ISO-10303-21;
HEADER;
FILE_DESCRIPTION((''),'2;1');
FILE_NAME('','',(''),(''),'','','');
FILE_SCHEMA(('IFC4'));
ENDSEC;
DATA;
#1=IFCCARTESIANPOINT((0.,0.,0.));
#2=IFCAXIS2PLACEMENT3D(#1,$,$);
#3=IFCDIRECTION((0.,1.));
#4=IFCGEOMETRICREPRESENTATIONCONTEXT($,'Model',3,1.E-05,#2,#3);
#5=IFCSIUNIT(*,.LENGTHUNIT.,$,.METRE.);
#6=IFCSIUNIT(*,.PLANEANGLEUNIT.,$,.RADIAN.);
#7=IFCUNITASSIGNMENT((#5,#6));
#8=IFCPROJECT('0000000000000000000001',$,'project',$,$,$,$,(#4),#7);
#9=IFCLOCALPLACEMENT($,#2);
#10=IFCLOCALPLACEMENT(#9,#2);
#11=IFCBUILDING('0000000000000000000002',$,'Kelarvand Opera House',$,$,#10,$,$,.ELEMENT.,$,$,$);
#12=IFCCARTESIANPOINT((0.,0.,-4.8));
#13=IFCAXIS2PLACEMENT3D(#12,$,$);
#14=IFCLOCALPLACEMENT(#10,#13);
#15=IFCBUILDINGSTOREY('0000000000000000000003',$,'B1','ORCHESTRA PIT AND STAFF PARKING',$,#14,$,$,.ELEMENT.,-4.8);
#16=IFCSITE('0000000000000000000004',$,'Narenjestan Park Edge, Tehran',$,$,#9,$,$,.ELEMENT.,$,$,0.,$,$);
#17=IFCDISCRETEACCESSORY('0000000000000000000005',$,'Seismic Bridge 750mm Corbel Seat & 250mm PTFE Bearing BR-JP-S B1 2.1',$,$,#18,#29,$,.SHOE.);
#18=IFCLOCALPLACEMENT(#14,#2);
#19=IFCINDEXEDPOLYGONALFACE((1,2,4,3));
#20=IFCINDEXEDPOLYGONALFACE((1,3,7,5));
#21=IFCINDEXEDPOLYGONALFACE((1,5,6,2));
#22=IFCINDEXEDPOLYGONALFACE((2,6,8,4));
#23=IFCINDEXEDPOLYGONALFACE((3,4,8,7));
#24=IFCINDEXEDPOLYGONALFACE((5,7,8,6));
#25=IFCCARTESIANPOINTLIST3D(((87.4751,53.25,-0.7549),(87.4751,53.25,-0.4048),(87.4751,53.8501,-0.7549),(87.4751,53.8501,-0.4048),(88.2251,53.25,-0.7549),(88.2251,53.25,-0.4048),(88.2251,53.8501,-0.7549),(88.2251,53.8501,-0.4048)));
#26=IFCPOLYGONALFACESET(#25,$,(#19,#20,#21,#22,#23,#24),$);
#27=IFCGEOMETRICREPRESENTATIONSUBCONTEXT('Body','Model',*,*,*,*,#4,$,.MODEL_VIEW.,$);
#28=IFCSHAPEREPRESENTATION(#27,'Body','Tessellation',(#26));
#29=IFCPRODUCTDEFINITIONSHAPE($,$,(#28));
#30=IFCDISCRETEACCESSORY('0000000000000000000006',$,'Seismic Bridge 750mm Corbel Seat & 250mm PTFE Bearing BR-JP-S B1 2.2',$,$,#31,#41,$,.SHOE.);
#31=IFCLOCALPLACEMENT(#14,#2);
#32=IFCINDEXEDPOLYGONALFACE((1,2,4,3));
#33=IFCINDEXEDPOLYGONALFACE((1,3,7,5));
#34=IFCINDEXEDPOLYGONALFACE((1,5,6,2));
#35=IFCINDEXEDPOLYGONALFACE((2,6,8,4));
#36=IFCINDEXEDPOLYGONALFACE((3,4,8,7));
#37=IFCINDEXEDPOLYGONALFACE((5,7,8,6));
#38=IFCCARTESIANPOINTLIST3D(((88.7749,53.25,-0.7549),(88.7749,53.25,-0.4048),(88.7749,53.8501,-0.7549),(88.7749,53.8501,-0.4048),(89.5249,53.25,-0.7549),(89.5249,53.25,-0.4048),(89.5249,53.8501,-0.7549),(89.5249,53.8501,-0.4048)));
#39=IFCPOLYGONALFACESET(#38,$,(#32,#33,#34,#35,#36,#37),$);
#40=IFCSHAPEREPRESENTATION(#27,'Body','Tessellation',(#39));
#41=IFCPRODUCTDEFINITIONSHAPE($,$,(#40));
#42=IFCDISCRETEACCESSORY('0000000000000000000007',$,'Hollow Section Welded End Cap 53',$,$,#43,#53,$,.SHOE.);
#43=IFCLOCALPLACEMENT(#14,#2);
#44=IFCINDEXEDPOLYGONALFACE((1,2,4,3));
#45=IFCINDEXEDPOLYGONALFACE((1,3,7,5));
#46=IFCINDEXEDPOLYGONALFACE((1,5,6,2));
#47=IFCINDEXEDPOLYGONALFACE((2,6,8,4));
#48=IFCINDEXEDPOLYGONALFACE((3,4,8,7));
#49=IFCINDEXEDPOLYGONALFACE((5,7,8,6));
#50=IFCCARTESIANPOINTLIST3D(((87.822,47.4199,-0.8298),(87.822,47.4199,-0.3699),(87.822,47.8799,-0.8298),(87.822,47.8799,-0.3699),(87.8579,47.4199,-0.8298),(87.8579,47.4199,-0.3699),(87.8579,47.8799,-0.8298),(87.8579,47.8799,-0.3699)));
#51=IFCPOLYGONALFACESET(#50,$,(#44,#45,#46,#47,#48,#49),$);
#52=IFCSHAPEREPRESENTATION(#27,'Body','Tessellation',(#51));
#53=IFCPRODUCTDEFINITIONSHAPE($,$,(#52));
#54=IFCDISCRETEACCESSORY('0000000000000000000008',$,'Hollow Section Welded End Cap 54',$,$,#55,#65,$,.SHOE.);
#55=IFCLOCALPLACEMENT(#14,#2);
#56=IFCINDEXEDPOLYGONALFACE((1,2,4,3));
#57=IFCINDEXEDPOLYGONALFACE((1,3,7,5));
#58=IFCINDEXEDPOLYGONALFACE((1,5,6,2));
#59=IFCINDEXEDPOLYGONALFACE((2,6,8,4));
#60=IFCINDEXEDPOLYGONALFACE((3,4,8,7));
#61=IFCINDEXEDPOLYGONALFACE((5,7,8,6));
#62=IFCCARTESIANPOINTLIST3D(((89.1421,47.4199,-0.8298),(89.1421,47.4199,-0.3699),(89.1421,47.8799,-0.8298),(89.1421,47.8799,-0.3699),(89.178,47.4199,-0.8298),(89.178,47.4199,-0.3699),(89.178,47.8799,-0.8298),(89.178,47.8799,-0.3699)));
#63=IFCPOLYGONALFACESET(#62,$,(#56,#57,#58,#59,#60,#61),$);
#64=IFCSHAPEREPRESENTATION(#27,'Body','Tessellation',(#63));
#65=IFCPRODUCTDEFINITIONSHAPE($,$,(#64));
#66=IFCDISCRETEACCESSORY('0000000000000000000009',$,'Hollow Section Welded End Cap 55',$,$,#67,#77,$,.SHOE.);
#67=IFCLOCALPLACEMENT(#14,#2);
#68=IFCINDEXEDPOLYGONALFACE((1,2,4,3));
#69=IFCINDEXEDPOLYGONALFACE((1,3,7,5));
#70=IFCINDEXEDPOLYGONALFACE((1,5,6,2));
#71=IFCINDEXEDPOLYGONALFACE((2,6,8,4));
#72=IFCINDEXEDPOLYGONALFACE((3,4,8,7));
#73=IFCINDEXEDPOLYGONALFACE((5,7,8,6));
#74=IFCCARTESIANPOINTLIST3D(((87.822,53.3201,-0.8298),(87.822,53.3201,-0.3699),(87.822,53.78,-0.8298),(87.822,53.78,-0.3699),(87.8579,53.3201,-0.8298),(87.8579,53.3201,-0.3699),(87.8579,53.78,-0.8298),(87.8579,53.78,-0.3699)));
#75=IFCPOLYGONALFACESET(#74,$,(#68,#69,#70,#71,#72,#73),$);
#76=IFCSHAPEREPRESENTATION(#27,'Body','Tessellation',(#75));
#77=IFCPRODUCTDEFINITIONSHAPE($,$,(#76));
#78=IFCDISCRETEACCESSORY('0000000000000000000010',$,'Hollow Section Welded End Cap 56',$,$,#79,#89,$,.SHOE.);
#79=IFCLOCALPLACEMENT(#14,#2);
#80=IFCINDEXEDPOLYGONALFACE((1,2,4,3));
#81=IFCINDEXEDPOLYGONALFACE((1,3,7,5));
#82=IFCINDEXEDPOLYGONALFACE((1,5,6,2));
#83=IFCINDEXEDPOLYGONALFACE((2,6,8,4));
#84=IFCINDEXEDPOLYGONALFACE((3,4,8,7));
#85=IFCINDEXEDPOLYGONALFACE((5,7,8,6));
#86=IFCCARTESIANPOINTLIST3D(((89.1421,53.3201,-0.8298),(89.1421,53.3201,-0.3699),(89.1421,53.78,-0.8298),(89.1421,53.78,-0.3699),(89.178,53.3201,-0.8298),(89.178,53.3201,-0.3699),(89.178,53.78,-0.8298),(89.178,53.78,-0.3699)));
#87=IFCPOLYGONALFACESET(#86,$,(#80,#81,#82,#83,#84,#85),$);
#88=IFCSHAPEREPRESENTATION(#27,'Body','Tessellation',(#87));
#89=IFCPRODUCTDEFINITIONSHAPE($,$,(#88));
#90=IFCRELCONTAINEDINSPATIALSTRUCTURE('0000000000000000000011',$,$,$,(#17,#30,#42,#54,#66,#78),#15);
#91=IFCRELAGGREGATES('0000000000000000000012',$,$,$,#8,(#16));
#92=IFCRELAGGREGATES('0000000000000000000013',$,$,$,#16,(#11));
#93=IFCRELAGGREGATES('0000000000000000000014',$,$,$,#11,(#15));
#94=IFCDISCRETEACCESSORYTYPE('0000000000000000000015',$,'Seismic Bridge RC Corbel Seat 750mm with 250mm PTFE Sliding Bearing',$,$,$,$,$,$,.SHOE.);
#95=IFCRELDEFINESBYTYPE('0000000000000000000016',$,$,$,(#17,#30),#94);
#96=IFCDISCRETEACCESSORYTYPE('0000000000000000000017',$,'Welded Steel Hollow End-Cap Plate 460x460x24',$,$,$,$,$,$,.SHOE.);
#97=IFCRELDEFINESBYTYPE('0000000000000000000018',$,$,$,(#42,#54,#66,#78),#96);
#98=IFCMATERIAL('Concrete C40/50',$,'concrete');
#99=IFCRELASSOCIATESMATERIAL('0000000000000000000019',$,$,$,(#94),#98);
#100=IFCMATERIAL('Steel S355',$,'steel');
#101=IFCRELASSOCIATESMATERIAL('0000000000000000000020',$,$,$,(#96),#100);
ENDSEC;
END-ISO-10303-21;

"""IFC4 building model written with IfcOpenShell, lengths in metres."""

from ifc_helpers import new_model, si_unit, direction, frame, origin, origin_2d, place, context, subcontext, project, spatial, rectangle, extrude, material, material_profile, profile_set, type_object, element, save


model = new_model("IFC4")

# Units and contexts
model_context = context("Model", 3, precision=1e-05, world=origin(), true_north=direction((0.0, 1.0)))
body_context = subcontext(model_context, "Body", "Model", "MODEL_VIEW")
ifc_project = project(units=[si_unit("LENGTHUNIT", "METRE"), si_unit("PLANEANGLEUNIT", "RADIAN")], contexts=[model_context])

# Site, building, storey
site_placement = place(None, origin())
site = spatial("IfcSite", under=ifc_project, at=site_placement, Name="Narenjestan Park Edge, Tehran", CompositionType="ELEMENT", RefElevation=0.0)
building_placement = place(site_placement, origin())
building = spatial("IfcBuilding", under=site, at=building_placement, Name="Kelarvand Opera House", CompositionType="ELEMENT")
storey_placement = place(building_placement, frame((0.0, 0.0, -4.8)))
storey = spatial("IfcBuildingStorey", under=building, at=storey_placement, Name="B1", Description="ORCHESTRA PIT AND STAFF PARKING", CompositionType="ELEMENT", Elevation=-4.8)

# Shared definitions
ifc_material_1 = material(Name="Concrete C40/50", Category="concrete")

# Shared definitions
ifc_material_2 = material(Name="Steel S355", Category="steel")

# Discrete accessories
discrete_accessory_type_1 = type_object("IfcDiscreteAccessoryType", Name="Seismic Bridge RC Corbel Seat 750mm with 250mm PTFE Sliding Bearing", PredefinedType="SHOE", material=ifc_material_1)
for number, where, z_axis, x_axis, name in (
    (1, (87.8501, 53.55, -0.7549), (0.0, 0.0, 1.0), (1.0, 0.0, 0.0), "Seismic Bridge 750mm Corbel Seat & 250mm PTFE Bearing BR-JP-S B1 2.1"),
    (2, (89.1499, 53.55, -0.7549), (0.0, 0.0, 1.0), (1.0, 0.0, 0.0), "Seismic Bridge 750mm Corbel Seat & 250mm PTFE Bearing BR-JP-S B1 2.2"),
):
    element("IfcDiscreteAccessory", number, at=place(storey_placement, frame(where, z_axis=z_axis, x_axis=x_axis)), inside=storey, type_object=discrete_accessory_type_1, Name=name, PredefinedType="SHOE", context=body_context, shape_type="SweptSolid", body=[
        extrude(rectangle(XDim=0.75, YDim=0.6001, at=origin_2d()), origin(), (0.0, 0.0, 1.0), 0.3501),
    ])
ifc_material_profile_1 = material_profile(ifc_material_2, rectangle(XDim=0.46, YDim=0.46, at=origin_2d()), Name="Welded Steel Hollow End-Cap Plate 460x460x24", Category="steel")
ifc_profile_set_1 = profile_set([ifc_material_profile_1], Name="Steel S355")
discrete_accessory_type_2 = type_object("IfcDiscreteAccessoryType", Name="Welded Steel Hollow End-Cap Plate 460x460x24", PredefinedType="SHOE", material=ifc_profile_set_1)
for number, where, z_axis, x_axis, name in (
    (3, (87.8579, 47.6499, -0.5999), (-1.0, 0.0, 0.0), (0.0, -1.0, 0.0), "Hollow Section Welded End Cap 53"),
    (4, (89.1421, 47.6499, -0.5999), (1.0, 0.0, 0.0), (0.0, 1.0, 0.0), "Hollow Section Welded End Cap 54"),
    (5, (87.8579, 53.55, -0.5999), (-1.0, 0.0, 0.0), (0.0, -1.0, 0.0), "Hollow Section Welded End Cap 55"),
    (6, (89.1421, 53.55, -0.5999), (1.0, 0.0, 0.0), (0.0, 1.0, 0.0), "Hollow Section Welded End Cap 56"),
):
    element("IfcDiscreteAccessory", number, at=place(storey_placement, frame(where, z_axis=z_axis, x_axis=x_axis)), inside=storey, type_object=discrete_accessory_type_2, Name=name, PredefinedType="SHOE", context=body_context, shape_type="SweptSolid", body=[
        extrude(rectangle(XDim=0.46, YDim=0.46, at=origin_2d()), origin(), (0.0, 0.0, 1.0), 0.0359),
    ])

save(model, "model.ifc")
